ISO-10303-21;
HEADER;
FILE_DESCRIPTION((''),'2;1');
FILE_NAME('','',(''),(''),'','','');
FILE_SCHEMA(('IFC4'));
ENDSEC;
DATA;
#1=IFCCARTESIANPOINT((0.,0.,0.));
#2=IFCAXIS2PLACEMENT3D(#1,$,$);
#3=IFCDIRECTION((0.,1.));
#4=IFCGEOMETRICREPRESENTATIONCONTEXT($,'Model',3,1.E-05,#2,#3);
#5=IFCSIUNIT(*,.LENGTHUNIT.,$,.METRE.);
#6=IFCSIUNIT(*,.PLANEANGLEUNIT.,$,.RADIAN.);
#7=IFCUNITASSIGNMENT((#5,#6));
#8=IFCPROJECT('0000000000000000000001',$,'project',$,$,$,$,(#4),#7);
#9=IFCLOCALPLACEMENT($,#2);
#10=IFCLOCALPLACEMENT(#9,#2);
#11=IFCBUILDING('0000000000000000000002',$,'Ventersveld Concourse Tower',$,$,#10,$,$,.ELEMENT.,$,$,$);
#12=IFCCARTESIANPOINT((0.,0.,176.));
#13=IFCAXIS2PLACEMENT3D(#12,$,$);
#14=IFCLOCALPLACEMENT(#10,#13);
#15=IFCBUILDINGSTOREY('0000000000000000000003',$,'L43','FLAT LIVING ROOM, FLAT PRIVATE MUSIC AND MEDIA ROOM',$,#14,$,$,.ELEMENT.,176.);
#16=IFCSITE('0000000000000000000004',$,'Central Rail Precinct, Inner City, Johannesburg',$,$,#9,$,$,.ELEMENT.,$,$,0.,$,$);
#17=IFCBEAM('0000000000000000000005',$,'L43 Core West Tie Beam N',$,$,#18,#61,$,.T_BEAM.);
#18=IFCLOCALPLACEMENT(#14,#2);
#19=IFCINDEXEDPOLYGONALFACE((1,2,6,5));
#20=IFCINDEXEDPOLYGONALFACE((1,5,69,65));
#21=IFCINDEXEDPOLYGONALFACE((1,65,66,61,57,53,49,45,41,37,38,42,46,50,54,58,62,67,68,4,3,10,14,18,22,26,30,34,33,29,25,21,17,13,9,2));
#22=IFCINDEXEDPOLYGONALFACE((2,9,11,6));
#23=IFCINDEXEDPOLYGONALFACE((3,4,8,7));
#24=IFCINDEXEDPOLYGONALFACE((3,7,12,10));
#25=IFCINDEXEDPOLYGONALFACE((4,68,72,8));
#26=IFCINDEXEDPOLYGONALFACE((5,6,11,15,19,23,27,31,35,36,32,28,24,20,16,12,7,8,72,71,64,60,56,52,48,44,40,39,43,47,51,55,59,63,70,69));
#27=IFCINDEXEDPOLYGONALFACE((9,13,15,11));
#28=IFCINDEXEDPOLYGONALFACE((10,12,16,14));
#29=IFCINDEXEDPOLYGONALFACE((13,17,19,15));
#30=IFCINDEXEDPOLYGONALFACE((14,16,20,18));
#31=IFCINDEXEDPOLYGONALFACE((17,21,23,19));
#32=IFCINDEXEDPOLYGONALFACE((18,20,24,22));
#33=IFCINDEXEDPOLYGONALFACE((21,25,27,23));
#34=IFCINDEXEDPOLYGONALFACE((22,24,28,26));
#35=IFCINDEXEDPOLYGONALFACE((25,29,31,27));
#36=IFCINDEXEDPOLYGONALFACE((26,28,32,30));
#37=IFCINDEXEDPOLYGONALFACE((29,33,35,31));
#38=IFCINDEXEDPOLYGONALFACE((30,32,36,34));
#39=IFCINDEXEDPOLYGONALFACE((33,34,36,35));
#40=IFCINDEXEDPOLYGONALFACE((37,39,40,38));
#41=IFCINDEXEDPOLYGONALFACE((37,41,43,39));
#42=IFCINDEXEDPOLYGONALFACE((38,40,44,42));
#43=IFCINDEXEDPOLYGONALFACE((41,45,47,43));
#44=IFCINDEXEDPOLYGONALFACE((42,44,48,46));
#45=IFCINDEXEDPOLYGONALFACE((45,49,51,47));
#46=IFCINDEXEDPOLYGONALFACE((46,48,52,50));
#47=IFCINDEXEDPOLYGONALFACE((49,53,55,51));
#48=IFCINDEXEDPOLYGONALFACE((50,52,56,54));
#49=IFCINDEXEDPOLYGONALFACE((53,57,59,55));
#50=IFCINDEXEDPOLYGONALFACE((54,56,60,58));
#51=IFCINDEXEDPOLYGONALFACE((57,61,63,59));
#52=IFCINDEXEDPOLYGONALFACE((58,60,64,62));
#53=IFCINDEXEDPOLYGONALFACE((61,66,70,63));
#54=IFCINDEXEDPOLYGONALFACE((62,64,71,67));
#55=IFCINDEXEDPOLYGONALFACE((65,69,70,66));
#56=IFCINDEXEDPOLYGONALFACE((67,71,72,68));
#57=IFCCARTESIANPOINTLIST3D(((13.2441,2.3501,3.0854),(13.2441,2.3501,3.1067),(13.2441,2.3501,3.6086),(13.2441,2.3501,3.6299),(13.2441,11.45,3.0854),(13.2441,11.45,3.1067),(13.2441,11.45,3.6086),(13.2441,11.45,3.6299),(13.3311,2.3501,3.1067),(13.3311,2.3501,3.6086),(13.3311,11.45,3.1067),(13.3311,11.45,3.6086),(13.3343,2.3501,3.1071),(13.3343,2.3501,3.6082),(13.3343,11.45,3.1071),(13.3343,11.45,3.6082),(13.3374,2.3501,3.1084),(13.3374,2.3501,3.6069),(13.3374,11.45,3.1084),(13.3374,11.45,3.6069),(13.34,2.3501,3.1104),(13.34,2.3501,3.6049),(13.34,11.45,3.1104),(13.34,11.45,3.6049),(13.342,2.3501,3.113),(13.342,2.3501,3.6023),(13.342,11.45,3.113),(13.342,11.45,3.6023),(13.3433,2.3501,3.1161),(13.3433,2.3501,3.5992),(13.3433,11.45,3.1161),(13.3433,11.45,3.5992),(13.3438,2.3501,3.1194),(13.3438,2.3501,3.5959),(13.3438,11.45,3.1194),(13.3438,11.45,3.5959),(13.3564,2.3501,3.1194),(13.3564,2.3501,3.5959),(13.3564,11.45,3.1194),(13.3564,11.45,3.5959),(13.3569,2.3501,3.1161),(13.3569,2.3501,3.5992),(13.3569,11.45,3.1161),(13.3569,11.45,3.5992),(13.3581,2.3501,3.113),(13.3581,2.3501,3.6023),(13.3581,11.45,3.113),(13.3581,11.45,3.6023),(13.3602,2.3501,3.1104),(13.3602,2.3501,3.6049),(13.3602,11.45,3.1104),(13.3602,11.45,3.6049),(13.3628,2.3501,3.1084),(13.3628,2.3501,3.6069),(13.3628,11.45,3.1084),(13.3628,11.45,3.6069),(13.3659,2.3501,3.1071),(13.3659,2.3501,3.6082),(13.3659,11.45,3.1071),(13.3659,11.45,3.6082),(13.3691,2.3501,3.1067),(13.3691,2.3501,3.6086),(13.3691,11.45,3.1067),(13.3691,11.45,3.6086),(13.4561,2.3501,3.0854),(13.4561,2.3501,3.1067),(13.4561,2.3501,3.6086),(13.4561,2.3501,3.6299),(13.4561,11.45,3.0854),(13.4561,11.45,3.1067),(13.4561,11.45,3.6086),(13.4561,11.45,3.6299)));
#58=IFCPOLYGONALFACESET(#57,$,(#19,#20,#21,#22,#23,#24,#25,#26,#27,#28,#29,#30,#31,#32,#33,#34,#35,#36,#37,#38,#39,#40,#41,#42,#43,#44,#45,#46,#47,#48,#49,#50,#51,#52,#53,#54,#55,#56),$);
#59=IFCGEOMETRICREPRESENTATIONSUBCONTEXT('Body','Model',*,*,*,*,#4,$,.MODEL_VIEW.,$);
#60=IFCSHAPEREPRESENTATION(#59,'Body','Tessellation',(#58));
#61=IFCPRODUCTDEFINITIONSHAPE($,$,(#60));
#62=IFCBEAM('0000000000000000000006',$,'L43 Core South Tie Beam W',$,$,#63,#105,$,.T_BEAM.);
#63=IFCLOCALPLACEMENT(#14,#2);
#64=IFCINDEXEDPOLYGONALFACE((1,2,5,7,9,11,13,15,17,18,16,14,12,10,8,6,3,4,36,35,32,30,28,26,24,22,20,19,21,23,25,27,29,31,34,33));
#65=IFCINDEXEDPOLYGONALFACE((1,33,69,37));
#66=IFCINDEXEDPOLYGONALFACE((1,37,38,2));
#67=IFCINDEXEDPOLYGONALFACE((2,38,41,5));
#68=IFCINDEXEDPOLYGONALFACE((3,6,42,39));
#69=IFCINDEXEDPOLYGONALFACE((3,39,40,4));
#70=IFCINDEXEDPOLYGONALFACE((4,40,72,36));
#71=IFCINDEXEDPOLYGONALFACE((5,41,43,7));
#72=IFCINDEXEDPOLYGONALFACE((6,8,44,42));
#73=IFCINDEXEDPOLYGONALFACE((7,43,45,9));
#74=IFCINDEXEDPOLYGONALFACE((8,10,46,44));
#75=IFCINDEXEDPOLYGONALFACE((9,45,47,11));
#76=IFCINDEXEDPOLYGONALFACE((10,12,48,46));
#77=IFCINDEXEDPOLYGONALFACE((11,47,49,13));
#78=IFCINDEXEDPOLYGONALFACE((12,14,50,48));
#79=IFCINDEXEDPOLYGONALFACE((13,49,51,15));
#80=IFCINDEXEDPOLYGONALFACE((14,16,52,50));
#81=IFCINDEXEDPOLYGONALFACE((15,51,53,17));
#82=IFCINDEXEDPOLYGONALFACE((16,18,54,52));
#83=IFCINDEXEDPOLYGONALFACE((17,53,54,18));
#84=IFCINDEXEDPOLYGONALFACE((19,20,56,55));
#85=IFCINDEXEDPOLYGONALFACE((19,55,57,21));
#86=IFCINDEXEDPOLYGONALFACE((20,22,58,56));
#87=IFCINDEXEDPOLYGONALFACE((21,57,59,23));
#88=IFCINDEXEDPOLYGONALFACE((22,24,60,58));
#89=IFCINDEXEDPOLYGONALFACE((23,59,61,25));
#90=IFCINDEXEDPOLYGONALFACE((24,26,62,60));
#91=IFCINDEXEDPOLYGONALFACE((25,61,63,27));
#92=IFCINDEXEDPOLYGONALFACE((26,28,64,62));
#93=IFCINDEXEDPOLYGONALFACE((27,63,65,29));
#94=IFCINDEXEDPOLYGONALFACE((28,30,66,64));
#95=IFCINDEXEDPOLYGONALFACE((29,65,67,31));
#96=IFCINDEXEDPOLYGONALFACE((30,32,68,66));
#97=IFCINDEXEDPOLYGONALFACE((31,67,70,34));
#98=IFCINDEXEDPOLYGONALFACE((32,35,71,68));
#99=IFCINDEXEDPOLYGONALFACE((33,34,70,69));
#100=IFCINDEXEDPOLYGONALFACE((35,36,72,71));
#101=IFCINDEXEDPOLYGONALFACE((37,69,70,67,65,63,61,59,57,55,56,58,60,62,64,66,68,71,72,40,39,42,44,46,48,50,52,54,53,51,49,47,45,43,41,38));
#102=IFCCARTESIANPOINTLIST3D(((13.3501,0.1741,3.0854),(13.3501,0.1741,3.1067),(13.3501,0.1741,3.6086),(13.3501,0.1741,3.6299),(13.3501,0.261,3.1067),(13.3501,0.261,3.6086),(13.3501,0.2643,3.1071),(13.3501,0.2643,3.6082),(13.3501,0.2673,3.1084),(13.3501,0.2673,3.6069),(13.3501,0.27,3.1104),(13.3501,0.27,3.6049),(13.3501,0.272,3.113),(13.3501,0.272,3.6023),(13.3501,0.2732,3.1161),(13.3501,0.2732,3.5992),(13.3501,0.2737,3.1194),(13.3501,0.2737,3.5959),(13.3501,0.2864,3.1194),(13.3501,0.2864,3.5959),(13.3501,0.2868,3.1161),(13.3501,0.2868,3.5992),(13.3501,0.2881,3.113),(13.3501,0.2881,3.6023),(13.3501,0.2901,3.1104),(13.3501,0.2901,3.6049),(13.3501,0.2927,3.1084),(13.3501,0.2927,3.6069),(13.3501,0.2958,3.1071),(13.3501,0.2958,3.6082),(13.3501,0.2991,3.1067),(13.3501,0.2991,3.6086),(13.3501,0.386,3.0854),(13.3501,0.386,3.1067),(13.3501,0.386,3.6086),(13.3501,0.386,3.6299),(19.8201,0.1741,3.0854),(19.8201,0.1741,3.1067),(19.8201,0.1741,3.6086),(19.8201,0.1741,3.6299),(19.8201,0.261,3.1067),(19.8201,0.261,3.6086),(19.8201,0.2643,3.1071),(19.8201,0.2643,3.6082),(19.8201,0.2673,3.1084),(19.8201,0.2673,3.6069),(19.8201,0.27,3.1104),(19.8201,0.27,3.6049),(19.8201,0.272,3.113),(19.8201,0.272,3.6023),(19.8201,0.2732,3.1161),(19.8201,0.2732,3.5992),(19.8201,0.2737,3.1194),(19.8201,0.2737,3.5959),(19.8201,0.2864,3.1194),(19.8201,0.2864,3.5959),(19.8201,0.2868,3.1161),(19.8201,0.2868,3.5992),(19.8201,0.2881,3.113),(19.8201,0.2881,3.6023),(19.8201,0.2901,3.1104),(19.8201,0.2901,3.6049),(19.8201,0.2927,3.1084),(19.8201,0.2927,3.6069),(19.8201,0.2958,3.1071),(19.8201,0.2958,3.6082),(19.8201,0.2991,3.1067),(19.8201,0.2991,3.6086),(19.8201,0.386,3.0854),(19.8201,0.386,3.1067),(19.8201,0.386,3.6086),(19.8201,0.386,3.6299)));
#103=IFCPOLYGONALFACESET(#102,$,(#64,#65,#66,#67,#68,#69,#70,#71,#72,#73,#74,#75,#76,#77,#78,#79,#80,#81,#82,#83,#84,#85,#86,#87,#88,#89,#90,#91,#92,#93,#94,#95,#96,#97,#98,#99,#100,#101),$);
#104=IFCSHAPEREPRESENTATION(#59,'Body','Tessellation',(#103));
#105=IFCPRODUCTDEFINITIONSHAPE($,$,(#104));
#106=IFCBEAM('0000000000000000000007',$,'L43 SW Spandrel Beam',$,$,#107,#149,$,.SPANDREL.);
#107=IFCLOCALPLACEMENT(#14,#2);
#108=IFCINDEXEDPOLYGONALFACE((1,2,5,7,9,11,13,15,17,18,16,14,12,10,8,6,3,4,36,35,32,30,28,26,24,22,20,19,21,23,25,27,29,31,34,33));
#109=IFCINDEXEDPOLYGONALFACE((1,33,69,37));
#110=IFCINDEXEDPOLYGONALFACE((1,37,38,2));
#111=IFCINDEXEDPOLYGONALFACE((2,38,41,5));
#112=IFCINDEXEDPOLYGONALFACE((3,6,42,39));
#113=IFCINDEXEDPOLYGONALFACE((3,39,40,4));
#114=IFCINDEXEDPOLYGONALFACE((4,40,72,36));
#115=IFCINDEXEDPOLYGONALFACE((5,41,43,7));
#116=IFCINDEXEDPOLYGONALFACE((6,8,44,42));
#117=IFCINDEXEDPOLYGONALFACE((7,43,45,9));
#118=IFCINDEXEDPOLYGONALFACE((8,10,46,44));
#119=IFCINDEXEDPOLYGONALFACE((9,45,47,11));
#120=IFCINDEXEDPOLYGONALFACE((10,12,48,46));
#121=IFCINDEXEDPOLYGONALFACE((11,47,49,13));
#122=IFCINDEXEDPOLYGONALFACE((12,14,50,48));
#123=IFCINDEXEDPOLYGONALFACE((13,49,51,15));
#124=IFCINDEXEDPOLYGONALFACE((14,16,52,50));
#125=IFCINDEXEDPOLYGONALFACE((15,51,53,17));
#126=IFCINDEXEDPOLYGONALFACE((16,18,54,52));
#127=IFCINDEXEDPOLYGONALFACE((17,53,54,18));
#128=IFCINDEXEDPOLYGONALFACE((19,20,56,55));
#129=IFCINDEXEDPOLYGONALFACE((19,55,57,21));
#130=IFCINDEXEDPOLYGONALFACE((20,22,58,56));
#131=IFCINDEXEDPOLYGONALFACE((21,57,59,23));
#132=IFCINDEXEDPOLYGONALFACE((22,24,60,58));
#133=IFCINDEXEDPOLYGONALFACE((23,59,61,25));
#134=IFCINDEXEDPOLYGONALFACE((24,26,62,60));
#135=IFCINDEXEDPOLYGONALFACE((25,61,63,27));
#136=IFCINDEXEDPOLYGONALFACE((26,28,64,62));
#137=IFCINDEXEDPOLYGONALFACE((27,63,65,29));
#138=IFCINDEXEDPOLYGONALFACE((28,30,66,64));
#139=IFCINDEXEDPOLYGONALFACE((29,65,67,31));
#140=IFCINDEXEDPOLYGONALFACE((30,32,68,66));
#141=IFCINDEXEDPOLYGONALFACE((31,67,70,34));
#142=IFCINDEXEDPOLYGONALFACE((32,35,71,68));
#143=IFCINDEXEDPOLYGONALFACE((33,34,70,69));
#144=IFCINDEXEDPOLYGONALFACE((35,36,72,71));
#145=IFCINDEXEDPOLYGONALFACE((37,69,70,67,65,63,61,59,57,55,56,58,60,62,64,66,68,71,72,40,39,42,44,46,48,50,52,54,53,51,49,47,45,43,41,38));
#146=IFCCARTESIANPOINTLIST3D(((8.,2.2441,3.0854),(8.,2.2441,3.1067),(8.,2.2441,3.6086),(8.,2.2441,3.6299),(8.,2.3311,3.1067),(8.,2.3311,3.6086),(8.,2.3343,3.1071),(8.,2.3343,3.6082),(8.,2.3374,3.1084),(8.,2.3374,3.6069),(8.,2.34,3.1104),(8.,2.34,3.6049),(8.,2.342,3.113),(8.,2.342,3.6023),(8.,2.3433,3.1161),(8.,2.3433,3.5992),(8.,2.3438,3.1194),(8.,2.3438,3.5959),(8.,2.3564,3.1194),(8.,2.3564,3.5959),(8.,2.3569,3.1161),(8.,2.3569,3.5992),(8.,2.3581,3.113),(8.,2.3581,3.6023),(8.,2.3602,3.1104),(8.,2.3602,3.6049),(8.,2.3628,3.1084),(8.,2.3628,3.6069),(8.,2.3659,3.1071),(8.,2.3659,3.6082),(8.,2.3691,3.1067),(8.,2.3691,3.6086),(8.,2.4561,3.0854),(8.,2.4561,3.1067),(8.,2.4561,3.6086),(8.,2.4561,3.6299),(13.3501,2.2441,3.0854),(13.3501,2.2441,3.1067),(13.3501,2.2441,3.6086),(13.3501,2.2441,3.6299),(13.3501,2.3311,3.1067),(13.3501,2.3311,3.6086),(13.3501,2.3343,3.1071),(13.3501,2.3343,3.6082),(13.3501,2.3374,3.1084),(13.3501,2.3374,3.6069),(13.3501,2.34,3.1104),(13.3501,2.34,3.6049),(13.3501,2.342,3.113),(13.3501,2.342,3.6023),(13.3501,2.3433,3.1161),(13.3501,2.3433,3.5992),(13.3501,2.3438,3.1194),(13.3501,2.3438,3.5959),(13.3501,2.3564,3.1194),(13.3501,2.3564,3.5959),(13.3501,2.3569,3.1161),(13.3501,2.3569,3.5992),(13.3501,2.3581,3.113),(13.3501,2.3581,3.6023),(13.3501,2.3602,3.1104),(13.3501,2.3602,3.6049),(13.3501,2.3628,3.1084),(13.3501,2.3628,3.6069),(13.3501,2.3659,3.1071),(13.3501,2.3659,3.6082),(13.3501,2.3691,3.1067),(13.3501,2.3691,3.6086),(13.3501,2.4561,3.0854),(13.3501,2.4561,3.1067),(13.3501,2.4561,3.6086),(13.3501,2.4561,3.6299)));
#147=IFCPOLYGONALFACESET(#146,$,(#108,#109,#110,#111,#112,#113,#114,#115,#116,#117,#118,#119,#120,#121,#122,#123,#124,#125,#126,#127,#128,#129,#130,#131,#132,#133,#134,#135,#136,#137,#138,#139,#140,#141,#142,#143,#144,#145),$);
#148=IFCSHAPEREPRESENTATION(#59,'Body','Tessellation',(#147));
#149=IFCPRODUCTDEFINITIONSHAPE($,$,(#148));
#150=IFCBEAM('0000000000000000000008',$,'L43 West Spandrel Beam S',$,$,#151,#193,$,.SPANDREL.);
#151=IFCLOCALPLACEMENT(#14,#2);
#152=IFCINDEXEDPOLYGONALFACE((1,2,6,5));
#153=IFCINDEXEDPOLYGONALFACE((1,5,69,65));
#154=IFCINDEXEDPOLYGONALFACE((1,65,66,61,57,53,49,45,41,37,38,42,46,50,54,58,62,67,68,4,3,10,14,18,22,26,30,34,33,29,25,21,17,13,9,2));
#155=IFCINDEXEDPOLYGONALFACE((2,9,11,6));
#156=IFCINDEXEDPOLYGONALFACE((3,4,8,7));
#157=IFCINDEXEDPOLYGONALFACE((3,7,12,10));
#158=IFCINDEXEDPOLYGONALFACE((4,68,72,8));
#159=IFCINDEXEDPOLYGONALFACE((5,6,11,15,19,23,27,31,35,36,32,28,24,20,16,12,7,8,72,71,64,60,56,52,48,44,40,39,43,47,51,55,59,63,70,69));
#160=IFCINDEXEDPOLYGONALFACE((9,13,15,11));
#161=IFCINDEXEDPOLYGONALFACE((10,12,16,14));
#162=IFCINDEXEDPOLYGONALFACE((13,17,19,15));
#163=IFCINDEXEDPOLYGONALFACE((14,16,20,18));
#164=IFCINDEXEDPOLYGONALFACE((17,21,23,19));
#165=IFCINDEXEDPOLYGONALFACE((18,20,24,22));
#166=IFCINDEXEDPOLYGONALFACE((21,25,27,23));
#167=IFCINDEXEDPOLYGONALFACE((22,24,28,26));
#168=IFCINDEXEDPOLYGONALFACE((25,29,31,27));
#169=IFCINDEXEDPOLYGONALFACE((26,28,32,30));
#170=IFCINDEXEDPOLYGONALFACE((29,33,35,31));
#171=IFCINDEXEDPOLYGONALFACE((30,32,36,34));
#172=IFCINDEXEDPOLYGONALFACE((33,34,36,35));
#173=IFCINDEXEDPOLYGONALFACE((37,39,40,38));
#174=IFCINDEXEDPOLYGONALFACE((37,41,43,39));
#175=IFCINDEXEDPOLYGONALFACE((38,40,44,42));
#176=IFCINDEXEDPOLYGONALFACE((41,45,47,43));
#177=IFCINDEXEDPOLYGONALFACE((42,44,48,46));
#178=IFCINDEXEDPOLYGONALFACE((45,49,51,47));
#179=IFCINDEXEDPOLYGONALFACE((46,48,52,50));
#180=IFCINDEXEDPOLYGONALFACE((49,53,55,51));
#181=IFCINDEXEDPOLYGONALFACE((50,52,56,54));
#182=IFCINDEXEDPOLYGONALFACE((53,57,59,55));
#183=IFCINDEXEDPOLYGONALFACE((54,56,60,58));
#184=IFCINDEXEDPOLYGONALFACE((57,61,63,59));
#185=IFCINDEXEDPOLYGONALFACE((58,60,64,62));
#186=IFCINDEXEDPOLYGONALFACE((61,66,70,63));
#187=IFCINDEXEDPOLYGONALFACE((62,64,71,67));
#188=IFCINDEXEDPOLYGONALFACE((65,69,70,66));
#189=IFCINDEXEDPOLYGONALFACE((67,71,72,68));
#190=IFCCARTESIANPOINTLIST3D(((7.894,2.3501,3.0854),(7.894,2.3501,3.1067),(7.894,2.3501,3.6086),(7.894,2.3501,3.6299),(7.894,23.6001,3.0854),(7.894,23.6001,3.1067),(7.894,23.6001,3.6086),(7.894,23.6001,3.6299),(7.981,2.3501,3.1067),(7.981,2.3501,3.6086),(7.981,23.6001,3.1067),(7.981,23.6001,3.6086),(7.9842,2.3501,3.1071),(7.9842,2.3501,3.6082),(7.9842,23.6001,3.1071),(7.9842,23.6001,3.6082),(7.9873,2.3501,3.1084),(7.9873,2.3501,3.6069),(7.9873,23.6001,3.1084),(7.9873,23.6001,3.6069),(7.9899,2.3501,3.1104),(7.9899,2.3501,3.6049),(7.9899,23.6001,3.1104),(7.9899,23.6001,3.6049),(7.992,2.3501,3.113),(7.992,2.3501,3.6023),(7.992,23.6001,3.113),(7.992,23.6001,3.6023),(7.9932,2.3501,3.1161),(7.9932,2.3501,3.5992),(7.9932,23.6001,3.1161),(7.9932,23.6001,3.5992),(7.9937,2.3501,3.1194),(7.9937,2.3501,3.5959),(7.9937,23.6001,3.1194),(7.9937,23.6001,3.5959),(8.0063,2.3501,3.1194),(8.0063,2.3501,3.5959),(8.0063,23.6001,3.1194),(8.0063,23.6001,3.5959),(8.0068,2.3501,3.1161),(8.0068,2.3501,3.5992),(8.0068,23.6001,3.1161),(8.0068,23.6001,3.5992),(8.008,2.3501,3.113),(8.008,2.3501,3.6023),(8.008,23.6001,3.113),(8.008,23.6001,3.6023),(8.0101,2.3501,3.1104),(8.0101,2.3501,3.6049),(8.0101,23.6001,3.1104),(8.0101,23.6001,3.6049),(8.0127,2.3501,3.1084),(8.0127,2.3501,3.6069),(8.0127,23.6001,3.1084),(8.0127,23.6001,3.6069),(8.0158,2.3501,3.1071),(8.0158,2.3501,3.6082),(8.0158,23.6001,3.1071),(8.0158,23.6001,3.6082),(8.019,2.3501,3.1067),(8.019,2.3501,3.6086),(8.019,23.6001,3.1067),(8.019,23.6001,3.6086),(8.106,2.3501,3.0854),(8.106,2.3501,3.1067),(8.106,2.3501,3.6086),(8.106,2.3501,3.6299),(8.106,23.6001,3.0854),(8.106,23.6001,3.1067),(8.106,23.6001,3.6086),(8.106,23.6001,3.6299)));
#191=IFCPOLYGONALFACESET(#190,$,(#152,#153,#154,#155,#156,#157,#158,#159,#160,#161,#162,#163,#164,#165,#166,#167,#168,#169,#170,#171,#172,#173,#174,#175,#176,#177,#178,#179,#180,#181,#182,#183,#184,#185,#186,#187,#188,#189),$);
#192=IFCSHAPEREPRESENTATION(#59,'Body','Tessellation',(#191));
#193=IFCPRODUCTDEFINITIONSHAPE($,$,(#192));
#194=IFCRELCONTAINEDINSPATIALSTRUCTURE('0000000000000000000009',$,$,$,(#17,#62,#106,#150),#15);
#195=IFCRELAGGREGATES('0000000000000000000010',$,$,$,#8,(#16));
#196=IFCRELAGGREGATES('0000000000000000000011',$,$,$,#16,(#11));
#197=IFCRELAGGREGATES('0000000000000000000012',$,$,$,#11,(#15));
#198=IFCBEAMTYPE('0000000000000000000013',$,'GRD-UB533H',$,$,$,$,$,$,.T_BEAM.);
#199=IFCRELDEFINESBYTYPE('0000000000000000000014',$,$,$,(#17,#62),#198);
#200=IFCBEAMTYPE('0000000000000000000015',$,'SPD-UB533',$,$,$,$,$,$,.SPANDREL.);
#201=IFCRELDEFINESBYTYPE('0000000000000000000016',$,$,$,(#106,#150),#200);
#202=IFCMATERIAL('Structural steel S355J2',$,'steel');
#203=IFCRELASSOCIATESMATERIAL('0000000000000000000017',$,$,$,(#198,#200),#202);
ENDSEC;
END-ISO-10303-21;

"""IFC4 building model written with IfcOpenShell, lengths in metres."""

from ifc_helpers import new_model, si_unit, direction, frame, origin, origin_2d, place, context, subcontext, project, spatial, i_section, extrude, material, material_profile, profile_set, type_object, element, save


model = new_model("IFC4")

# Units and contexts
model_context = context("Model", 3, precision=1e-05, world=origin(), true_north=direction((0.0, 1.0)))
body_context = subcontext(model_context, "Body", "Model", "MODEL_VIEW")
ifc_project = project(units=[si_unit("LENGTHUNIT", "METRE"), si_unit("PLANEANGLEUNIT", "RADIAN")], contexts=[model_context])

# Site, building, storey
site_placement = place(None, origin())
site = spatial("IfcSite", under=ifc_project, at=site_placement, Name="Central Rail Precinct, Inner City, Johannesburg", CompositionType="ELEMENT", RefElevation=0.0)
building_placement = place(site_placement, origin())
building = spatial("IfcBuilding", under=site, at=building_placement, Name="Ventersveld Concourse Tower", CompositionType="ELEMENT")
storey_placement = place(building_placement, frame((0.0, 0.0, 176.0)))
storey = spatial("IfcBuildingStorey", under=building, at=storey_placement, Name="L43", Description="FLAT LIVING ROOM, FLAT PRIVATE MUSIC AND MEDIA ROOM", CompositionType="ELEMENT", Elevation=176.0)

# Beams
ifc_material_1 = material(Name="Structural steel S355J2", Category="steel")
ifc_material_profile_1 = material_profile(ifc_material_1, i_section(OverallWidth=0.2119, OverallDepth=0.5444, WebThickness=0.0127, FlangeThickness=0.0212, FilletRadius=0.0127, at=origin_2d()), Name="UB 533x210x122")
ifc_profile_set_1 = profile_set([ifc_material_profile_1], Name="Structural steel S355J2")
beam_type_1 = type_object("IfcBeamType", Name="GRD-UB533H", PredefinedType="T_BEAM", material=ifc_profile_set_1)
beam_1_placement = place(storey_placement, frame((13.3501, 2.3501, 3.3577), z_axis=(0.0, 1.0, 0.0), x_axis=(-1.0, 0.0, 0.0)))
element("IfcBeam", 1, at=beam_1_placement, inside=storey, type_object=beam_type_1, Name="L43 Core West Tie Beam N", PredefinedType="T_BEAM", context=body_context, shape_type="SweptSolid", body=[
    extrude(i_section(OverallWidth=0.2119, OverallDepth=0.5444, WebThickness=0.0127, FlangeThickness=0.0212, FilletRadius=0.0127, at=origin_2d()), origin(), (0.0, 0.0, 1.0), 9.0999),
])
beam_2_placement = place(storey_placement, frame((13.3501, 0.28, 3.3577), z_axis=(1.0, 0.0, 0.0), x_axis=(0.0, 1.0, 0.0)))
element("IfcBeam", 2, at=beam_2_placement, inside=storey, type_object=beam_type_1, Name="L43 Core South Tie Beam W", PredefinedType="T_BEAM", context=body_context, shape_type="SweptSolid", body=[
    extrude(i_section(OverallWidth=0.2119, OverallDepth=0.5444, WebThickness=0.0127, FlangeThickness=0.0212, FilletRadius=0.0127, at=origin_2d()), origin(), (0.0, 0.0, 1.0), 6.47),
])
ifc_material_profile_2 = material_profile(ifc_material_1, i_section(OverallWidth=0.2119, OverallDepth=0.5444, WebThickness=0.0127, FlangeThickness=0.0212, FilletRadius=0.0127, at=origin_2d()), Name="UB 533x210x122")
ifc_profile_set_2 = profile_set([ifc_material_profile_2], Name="Structural steel S355J2")
beam_type_2 = type_object("IfcBeamType", Name="SPD-UB533", PredefinedType="SPANDREL", material=ifc_profile_set_2)
beam_3_placement = place(storey_placement, frame((8.0, 2.3501, 3.3577), z_axis=(1.0, 0.0, 0.0), x_axis=(0.0, 1.0, 0.0)))
element("IfcBeam", 3, at=beam_3_placement, inside=storey, type_object=beam_type_2, Name="L43 SW Spandrel Beam", PredefinedType="SPANDREL", context=body_context, shape_type="SweptSolid", body=[
    extrude(i_section(OverallWidth=0.2119, OverallDepth=0.5444, WebThickness=0.0127, FlangeThickness=0.0212, FilletRadius=0.0127, at=origin_2d()), origin(), (0.0, 0.0, 1.0), 5.3501),
])
beam_4_placement = place(storey_placement, frame((8.0, 2.3501, 3.3577), z_axis=(0.0, 1.0, 0.0), x_axis=(-1.0, 0.0, 0.0)))
element("IfcBeam", 4, at=beam_4_placement, inside=storey, type_object=beam_type_2, Name="L43 West Spandrel Beam S", PredefinedType="SPANDREL", context=body_context, shape_type="SweptSolid", body=[
    extrude(i_section(OverallWidth=0.2119, OverallDepth=0.5444, WebThickness=0.0127, FlangeThickness=0.0212, FilletRadius=0.0127, at=origin_2d()), origin(), (0.0, 0.0, 1.0), 21.25),
])

save(model, "model.ifc")
